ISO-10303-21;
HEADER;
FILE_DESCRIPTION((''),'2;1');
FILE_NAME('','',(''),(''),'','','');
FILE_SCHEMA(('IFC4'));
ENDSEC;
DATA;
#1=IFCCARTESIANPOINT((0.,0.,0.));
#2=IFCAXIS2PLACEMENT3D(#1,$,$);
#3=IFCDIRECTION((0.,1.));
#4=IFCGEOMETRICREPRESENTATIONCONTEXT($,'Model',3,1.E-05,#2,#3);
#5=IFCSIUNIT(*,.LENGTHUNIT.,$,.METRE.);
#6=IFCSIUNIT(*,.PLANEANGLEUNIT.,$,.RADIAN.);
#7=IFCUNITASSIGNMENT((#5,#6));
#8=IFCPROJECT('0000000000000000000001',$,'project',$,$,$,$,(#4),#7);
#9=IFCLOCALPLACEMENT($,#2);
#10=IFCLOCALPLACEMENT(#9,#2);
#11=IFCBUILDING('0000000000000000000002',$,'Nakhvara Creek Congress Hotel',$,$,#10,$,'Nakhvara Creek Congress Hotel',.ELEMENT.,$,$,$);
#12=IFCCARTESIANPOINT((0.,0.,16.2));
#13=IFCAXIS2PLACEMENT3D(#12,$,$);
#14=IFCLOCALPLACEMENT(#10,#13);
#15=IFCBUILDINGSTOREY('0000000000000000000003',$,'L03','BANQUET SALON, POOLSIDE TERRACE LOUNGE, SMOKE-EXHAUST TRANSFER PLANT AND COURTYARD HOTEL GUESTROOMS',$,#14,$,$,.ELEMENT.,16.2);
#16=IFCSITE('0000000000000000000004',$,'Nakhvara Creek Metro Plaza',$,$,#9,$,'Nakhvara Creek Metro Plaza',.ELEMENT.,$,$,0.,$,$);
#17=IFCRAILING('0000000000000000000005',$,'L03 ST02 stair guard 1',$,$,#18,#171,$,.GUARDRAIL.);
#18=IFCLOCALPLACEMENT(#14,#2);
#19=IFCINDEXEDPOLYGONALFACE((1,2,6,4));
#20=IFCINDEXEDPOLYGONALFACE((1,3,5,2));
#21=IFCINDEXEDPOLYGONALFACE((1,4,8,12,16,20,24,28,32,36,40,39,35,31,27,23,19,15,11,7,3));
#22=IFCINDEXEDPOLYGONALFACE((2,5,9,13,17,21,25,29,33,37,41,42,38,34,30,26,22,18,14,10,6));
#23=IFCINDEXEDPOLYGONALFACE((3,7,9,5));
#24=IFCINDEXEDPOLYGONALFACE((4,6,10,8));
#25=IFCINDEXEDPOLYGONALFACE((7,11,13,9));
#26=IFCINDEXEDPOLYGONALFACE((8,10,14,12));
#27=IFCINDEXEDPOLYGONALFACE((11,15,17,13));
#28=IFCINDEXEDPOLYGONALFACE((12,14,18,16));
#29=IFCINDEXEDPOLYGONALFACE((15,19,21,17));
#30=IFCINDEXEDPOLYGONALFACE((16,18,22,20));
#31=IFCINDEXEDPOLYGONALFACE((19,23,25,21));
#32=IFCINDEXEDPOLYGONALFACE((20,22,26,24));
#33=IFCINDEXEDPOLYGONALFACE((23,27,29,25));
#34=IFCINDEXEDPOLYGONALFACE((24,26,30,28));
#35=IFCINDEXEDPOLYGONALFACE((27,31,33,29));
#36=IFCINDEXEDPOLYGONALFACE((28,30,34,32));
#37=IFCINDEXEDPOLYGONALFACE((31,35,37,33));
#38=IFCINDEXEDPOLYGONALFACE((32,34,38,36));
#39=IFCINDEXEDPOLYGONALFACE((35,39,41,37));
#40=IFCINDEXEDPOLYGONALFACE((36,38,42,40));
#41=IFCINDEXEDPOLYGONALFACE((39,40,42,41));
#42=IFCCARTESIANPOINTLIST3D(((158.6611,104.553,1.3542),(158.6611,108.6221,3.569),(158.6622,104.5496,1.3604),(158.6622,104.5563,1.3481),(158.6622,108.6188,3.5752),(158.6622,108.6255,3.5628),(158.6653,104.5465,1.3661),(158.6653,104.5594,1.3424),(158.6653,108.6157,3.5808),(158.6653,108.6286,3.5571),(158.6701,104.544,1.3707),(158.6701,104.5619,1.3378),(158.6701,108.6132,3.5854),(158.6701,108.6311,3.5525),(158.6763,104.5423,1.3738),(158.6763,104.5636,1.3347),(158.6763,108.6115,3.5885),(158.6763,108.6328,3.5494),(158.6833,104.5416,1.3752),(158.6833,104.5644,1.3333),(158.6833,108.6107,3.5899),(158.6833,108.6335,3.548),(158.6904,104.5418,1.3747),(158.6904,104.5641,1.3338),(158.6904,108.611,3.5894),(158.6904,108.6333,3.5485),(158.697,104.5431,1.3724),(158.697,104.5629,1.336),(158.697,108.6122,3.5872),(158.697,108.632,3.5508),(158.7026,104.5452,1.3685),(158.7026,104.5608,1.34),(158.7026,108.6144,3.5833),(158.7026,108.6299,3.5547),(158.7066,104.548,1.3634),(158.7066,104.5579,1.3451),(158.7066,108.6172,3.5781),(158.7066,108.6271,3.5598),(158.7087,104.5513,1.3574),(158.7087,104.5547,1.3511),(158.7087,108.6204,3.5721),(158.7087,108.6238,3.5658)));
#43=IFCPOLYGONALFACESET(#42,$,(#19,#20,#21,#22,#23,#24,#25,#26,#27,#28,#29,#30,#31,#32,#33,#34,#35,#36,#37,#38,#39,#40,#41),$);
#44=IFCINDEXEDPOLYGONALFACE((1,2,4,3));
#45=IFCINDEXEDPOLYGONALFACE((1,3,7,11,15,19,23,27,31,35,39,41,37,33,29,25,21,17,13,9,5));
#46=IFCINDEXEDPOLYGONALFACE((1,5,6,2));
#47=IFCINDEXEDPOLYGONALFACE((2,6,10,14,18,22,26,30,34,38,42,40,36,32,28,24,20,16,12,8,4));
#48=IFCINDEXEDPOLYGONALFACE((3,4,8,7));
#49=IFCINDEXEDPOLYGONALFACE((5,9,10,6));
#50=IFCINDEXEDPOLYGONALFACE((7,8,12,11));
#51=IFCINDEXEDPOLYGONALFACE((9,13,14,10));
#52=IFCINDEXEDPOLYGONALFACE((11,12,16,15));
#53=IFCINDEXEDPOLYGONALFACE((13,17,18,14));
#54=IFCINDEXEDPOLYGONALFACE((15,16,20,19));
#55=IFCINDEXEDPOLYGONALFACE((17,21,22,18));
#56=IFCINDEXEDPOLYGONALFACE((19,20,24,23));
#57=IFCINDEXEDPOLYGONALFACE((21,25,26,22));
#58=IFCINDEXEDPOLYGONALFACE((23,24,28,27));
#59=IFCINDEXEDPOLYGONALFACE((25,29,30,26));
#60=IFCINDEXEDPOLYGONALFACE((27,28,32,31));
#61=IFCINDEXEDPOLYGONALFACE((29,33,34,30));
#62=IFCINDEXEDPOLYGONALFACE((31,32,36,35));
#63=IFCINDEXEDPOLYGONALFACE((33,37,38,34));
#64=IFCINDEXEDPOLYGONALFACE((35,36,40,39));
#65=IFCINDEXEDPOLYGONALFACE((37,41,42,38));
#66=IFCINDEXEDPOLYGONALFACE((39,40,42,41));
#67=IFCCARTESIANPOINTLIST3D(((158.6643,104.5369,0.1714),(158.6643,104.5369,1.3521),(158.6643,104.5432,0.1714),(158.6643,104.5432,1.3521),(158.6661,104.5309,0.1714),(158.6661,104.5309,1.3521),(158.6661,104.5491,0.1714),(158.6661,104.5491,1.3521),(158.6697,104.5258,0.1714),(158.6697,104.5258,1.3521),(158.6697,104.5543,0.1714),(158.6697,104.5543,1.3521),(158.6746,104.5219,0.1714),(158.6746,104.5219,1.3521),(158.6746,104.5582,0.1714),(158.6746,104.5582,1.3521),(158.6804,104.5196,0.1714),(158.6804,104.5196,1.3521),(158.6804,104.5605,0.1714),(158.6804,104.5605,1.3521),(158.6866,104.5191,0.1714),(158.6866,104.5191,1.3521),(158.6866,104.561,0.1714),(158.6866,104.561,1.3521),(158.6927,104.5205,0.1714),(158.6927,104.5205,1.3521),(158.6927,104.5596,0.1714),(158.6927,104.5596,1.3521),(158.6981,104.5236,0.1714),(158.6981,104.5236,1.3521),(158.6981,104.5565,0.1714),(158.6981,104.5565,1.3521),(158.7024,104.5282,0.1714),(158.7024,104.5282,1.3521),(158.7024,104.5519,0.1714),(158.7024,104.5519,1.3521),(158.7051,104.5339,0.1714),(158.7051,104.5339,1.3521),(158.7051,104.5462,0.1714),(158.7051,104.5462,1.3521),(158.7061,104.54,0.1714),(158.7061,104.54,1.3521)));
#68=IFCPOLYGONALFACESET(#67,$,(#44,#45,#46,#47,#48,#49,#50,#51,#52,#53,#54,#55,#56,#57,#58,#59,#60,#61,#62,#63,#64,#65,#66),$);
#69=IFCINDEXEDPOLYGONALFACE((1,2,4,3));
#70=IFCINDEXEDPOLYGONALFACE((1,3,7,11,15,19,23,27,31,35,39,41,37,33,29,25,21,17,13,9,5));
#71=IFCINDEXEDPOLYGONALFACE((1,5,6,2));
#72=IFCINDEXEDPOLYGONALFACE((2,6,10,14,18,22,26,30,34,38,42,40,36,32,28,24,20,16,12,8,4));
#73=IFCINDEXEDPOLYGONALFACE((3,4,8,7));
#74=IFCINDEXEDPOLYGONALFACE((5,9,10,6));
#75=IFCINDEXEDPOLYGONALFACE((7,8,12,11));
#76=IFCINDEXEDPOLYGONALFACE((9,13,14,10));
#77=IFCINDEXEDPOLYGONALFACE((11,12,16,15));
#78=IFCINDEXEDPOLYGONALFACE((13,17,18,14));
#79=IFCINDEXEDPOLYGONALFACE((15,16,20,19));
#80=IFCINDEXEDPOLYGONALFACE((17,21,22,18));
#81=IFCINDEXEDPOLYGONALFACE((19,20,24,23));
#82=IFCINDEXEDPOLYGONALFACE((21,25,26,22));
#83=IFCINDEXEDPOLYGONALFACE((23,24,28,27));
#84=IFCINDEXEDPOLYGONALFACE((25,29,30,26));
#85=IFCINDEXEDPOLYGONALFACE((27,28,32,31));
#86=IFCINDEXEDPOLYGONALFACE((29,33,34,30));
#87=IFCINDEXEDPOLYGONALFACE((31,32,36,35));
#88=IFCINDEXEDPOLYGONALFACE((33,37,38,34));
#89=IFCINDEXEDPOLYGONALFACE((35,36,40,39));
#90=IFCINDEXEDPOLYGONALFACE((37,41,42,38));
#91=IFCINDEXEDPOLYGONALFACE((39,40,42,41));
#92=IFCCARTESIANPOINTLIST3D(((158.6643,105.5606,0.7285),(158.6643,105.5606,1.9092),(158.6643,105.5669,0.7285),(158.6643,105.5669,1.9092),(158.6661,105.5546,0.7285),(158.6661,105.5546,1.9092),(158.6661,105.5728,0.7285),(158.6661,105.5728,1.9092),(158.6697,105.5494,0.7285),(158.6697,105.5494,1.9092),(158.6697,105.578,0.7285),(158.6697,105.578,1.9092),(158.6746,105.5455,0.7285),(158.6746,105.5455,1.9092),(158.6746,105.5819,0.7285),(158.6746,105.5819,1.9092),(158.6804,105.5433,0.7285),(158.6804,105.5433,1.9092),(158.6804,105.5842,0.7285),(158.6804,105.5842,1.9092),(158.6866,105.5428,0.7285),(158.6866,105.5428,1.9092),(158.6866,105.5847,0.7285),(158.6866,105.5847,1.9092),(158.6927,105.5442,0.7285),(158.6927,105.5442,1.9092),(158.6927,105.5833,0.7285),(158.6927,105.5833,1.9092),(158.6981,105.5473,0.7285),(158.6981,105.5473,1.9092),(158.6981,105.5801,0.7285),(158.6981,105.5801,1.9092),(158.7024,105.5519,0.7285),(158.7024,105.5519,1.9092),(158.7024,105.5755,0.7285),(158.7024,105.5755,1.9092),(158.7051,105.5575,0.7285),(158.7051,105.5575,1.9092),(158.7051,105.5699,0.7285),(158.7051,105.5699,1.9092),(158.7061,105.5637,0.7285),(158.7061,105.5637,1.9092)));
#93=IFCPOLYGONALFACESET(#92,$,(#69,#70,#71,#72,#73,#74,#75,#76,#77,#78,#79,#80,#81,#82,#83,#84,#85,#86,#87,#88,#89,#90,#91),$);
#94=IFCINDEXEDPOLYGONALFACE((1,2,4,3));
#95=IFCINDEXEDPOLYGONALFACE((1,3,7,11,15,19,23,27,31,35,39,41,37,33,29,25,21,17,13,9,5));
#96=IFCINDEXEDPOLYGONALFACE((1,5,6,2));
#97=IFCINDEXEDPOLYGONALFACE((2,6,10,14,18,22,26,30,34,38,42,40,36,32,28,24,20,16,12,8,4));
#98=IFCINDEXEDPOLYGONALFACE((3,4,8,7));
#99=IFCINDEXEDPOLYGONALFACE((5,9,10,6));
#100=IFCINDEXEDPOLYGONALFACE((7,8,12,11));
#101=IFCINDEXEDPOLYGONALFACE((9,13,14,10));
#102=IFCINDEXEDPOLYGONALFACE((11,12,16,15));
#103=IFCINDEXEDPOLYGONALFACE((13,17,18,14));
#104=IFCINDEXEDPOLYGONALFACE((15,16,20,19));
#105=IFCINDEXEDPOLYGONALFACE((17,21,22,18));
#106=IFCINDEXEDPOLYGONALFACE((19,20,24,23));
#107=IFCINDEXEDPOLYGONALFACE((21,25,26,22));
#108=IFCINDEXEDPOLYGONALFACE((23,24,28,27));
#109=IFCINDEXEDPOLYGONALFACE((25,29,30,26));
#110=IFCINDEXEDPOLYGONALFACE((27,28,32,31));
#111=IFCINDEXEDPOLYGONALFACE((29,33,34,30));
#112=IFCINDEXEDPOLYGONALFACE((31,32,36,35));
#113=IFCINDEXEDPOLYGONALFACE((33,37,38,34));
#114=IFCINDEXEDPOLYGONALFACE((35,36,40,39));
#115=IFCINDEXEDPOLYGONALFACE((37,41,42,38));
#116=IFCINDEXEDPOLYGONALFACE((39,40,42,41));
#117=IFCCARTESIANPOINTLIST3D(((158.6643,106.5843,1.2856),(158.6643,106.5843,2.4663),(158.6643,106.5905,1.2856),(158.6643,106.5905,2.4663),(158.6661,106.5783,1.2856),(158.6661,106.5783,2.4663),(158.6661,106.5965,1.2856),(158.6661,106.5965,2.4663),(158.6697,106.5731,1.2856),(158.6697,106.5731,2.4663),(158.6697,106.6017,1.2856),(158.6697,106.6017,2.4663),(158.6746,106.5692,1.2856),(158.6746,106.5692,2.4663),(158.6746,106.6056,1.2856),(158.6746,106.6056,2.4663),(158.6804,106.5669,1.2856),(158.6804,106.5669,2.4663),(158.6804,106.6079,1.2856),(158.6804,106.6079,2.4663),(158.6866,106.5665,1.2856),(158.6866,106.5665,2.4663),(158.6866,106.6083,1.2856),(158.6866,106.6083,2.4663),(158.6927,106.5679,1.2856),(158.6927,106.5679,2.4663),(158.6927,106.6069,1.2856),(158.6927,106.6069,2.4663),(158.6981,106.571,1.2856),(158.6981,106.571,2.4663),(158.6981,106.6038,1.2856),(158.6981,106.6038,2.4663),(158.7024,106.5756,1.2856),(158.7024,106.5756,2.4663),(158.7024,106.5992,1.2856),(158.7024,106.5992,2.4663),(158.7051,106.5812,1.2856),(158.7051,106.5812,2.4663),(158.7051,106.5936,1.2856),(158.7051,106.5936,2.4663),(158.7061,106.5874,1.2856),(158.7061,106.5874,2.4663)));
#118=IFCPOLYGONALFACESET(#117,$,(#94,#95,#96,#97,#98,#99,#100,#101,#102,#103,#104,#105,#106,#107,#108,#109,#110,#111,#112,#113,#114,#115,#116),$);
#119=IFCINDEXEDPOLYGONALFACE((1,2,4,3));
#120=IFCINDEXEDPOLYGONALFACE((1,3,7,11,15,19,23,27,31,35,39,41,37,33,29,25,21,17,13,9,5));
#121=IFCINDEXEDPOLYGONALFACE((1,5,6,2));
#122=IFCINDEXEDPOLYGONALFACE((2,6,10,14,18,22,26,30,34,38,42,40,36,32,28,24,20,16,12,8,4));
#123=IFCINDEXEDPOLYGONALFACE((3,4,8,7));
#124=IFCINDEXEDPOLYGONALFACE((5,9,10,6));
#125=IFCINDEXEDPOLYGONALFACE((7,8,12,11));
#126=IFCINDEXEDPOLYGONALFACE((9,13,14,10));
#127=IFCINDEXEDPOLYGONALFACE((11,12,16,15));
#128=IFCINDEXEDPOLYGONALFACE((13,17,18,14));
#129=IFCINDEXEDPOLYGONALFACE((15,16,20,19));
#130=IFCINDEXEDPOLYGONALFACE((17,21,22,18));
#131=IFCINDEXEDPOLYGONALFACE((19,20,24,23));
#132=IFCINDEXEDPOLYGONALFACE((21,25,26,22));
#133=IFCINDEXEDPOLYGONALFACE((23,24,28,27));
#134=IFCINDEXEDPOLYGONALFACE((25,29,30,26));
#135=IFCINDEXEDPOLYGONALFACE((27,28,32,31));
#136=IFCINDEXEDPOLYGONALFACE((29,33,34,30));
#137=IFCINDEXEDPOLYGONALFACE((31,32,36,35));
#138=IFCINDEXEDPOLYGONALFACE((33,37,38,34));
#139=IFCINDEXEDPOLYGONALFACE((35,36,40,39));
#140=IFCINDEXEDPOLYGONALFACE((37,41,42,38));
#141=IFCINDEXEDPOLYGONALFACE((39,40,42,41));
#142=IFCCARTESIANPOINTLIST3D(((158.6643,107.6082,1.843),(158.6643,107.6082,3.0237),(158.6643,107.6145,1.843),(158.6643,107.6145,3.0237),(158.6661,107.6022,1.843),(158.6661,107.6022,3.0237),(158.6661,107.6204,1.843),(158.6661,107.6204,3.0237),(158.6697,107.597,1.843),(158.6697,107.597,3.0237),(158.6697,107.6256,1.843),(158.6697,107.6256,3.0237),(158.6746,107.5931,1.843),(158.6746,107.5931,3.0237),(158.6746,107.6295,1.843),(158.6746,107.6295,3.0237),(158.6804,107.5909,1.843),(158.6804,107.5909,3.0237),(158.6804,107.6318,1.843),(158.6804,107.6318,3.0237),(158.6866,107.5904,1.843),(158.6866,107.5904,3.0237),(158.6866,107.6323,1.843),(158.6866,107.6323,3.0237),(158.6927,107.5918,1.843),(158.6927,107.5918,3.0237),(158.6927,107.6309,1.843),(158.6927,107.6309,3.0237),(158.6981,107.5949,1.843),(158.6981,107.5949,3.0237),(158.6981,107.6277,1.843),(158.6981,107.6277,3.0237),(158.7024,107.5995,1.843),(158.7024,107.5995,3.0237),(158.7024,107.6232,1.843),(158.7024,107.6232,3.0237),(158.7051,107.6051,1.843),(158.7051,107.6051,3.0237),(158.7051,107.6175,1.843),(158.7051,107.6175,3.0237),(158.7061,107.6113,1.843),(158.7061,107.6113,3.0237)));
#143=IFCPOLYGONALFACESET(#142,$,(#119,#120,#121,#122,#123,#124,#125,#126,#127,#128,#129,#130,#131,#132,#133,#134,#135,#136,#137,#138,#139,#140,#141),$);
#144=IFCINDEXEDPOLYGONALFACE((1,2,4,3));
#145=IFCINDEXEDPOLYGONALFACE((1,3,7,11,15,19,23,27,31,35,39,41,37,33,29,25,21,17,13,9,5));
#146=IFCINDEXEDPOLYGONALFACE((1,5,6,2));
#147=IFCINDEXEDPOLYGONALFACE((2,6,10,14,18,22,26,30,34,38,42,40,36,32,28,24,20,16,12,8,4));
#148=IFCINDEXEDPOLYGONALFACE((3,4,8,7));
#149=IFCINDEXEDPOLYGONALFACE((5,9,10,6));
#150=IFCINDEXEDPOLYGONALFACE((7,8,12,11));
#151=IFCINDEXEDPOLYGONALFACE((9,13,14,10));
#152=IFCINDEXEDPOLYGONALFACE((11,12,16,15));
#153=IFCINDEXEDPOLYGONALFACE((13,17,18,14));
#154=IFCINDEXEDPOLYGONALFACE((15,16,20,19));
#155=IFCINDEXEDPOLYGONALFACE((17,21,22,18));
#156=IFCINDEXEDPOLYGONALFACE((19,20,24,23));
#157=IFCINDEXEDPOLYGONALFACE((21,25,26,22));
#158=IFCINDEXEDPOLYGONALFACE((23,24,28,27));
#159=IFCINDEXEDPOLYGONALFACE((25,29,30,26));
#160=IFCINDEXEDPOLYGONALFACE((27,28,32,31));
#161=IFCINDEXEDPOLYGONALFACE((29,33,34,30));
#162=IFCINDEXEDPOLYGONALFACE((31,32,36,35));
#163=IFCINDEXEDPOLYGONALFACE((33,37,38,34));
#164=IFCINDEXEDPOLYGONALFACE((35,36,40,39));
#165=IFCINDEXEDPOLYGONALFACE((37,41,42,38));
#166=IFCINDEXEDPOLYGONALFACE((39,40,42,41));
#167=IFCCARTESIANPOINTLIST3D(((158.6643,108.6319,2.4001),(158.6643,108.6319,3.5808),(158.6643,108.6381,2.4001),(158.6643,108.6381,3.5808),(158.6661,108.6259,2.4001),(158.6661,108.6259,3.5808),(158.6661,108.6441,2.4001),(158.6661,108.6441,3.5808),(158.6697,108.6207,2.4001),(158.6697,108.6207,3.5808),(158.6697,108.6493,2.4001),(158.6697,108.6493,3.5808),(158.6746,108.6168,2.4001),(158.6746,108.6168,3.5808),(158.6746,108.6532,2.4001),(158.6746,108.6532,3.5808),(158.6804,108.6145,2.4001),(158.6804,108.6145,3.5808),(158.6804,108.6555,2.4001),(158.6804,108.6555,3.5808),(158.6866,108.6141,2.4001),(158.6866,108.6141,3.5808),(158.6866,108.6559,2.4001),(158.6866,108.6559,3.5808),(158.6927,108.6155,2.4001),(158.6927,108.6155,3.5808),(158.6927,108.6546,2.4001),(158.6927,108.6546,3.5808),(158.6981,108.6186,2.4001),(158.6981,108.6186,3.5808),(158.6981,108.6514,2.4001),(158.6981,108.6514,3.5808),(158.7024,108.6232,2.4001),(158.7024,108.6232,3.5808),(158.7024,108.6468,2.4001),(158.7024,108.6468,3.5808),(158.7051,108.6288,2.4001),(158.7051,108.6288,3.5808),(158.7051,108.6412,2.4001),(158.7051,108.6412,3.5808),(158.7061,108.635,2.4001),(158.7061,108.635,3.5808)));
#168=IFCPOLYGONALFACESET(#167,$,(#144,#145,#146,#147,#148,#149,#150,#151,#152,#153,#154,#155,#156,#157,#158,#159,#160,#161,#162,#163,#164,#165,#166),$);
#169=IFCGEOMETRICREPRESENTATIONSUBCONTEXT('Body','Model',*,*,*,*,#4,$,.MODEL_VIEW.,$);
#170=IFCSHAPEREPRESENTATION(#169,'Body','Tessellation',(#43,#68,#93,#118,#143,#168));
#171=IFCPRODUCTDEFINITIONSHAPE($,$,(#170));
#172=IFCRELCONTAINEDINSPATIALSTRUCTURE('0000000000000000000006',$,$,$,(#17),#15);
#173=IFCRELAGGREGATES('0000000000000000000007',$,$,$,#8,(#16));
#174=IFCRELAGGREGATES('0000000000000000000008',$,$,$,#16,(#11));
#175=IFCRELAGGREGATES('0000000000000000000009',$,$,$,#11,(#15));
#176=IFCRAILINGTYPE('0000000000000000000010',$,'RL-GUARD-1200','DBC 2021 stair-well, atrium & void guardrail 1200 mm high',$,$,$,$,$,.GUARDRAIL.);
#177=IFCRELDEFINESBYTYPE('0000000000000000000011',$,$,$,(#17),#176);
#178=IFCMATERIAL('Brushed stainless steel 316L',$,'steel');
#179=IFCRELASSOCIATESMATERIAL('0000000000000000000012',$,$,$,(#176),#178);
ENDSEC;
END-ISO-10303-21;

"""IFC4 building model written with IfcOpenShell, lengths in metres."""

from ifc_helpers import new_model, si_unit, direction, frame, origin, origin_2d, place, context, subcontext, project, spatial, circle, extrude, material, type_object, element, save


model = new_model("IFC4")

# Units and contexts
model_context = context("Model", 3, precision=1e-05, world=origin(), true_north=direction((0.0, 1.0)))
body_context = subcontext(model_context, "Body", "Model", "MODEL_VIEW")
ifc_project = project(units=[si_unit("LENGTHUNIT", "METRE"), si_unit("PLANEANGLEUNIT", "RADIAN")], contexts=[model_context])

# Site, building, storey
site_placement = place(None, origin())
site = spatial("IfcSite", under=ifc_project, at=site_placement, Name="Nakhvara Creek Metro Plaza", LongName="Nakhvara Creek Metro Plaza", CompositionType="ELEMENT", RefElevation=0.0)
building_placement = place(site_placement, origin())
building = spatial("IfcBuilding", under=site, at=building_placement, Name="Nakhvara Creek Congress Hotel", LongName="Nakhvara Creek Congress Hotel", CompositionType="ELEMENT")
storey_placement = place(building_placement, frame((0.0, 0.0, 16.2)))
storey = spatial("IfcBuildingStorey", under=building, at=storey_placement, Name="L03", Description="BANQUET SALON, POOLSIDE TERRACE LOUNGE, SMOKE-EXHAUST TRANSFER PLANT AND COURTYARD HOTEL GUESTROOMS", CompositionType="ELEMENT", Elevation=16.2)

# Railing
ifc_material_1 = material(Name="Brushed stainless steel 316L", Category="steel")
railing_type = type_object("IfcRailingType", Name="RL-GUARD-1200", Description="DBC 2021 stair-well, atrium & void guardrail 1200 mm high", PredefinedType="GUARDRAIL", material=ifc_material_1)
railing_1_placement = place(storey_placement, frame((158.6851, 104.54, 0.1714)))
element("IfcRailing", 1, at=railing_1_placement, inside=storey, type_object=railing_type, Name="L03 ST02 stair guard 1", PredefinedType="GUARDRAIL", context=body_context, shape_type="SweptSolid", body=[
    extrude(circle(Radius=0.0239, at=origin_2d()), frame((0.0, 0.0129, 1.1829), z_axis=(0.0, 0.878333, 0.478048), x_axis=(-1.0, 0.0, 0.0)), (0.0, 0.0, 1.0), 4.6328),
    extrude(circle(Radius=0.021, at=origin_2d()), origin(), (0.0, 0.0, 1.0), 1.1807),
    extrude(circle(Radius=0.021, at=origin_2d()), frame((0.0, 1.0237, 0.5571)), (0.0, 0.0, 1.0), 1.1807),
    extrude(circle(Radius=0.021, at=origin_2d()), frame((0.0, 2.0474, 1.1143)), (0.0, 0.0, 1.0), 1.1807),
    extrude(circle(Radius=0.021, at=origin_2d()), frame((0.0, 3.0713, 1.6716)), (0.0, 0.0, 1.0), 1.1807),
    extrude(circle(Radius=0.021, at=origin_2d()), frame((0.0, 4.095, 2.2288)), (0.0, 0.0, 1.0), 1.1807),
])

save(model, "model.ifc")
